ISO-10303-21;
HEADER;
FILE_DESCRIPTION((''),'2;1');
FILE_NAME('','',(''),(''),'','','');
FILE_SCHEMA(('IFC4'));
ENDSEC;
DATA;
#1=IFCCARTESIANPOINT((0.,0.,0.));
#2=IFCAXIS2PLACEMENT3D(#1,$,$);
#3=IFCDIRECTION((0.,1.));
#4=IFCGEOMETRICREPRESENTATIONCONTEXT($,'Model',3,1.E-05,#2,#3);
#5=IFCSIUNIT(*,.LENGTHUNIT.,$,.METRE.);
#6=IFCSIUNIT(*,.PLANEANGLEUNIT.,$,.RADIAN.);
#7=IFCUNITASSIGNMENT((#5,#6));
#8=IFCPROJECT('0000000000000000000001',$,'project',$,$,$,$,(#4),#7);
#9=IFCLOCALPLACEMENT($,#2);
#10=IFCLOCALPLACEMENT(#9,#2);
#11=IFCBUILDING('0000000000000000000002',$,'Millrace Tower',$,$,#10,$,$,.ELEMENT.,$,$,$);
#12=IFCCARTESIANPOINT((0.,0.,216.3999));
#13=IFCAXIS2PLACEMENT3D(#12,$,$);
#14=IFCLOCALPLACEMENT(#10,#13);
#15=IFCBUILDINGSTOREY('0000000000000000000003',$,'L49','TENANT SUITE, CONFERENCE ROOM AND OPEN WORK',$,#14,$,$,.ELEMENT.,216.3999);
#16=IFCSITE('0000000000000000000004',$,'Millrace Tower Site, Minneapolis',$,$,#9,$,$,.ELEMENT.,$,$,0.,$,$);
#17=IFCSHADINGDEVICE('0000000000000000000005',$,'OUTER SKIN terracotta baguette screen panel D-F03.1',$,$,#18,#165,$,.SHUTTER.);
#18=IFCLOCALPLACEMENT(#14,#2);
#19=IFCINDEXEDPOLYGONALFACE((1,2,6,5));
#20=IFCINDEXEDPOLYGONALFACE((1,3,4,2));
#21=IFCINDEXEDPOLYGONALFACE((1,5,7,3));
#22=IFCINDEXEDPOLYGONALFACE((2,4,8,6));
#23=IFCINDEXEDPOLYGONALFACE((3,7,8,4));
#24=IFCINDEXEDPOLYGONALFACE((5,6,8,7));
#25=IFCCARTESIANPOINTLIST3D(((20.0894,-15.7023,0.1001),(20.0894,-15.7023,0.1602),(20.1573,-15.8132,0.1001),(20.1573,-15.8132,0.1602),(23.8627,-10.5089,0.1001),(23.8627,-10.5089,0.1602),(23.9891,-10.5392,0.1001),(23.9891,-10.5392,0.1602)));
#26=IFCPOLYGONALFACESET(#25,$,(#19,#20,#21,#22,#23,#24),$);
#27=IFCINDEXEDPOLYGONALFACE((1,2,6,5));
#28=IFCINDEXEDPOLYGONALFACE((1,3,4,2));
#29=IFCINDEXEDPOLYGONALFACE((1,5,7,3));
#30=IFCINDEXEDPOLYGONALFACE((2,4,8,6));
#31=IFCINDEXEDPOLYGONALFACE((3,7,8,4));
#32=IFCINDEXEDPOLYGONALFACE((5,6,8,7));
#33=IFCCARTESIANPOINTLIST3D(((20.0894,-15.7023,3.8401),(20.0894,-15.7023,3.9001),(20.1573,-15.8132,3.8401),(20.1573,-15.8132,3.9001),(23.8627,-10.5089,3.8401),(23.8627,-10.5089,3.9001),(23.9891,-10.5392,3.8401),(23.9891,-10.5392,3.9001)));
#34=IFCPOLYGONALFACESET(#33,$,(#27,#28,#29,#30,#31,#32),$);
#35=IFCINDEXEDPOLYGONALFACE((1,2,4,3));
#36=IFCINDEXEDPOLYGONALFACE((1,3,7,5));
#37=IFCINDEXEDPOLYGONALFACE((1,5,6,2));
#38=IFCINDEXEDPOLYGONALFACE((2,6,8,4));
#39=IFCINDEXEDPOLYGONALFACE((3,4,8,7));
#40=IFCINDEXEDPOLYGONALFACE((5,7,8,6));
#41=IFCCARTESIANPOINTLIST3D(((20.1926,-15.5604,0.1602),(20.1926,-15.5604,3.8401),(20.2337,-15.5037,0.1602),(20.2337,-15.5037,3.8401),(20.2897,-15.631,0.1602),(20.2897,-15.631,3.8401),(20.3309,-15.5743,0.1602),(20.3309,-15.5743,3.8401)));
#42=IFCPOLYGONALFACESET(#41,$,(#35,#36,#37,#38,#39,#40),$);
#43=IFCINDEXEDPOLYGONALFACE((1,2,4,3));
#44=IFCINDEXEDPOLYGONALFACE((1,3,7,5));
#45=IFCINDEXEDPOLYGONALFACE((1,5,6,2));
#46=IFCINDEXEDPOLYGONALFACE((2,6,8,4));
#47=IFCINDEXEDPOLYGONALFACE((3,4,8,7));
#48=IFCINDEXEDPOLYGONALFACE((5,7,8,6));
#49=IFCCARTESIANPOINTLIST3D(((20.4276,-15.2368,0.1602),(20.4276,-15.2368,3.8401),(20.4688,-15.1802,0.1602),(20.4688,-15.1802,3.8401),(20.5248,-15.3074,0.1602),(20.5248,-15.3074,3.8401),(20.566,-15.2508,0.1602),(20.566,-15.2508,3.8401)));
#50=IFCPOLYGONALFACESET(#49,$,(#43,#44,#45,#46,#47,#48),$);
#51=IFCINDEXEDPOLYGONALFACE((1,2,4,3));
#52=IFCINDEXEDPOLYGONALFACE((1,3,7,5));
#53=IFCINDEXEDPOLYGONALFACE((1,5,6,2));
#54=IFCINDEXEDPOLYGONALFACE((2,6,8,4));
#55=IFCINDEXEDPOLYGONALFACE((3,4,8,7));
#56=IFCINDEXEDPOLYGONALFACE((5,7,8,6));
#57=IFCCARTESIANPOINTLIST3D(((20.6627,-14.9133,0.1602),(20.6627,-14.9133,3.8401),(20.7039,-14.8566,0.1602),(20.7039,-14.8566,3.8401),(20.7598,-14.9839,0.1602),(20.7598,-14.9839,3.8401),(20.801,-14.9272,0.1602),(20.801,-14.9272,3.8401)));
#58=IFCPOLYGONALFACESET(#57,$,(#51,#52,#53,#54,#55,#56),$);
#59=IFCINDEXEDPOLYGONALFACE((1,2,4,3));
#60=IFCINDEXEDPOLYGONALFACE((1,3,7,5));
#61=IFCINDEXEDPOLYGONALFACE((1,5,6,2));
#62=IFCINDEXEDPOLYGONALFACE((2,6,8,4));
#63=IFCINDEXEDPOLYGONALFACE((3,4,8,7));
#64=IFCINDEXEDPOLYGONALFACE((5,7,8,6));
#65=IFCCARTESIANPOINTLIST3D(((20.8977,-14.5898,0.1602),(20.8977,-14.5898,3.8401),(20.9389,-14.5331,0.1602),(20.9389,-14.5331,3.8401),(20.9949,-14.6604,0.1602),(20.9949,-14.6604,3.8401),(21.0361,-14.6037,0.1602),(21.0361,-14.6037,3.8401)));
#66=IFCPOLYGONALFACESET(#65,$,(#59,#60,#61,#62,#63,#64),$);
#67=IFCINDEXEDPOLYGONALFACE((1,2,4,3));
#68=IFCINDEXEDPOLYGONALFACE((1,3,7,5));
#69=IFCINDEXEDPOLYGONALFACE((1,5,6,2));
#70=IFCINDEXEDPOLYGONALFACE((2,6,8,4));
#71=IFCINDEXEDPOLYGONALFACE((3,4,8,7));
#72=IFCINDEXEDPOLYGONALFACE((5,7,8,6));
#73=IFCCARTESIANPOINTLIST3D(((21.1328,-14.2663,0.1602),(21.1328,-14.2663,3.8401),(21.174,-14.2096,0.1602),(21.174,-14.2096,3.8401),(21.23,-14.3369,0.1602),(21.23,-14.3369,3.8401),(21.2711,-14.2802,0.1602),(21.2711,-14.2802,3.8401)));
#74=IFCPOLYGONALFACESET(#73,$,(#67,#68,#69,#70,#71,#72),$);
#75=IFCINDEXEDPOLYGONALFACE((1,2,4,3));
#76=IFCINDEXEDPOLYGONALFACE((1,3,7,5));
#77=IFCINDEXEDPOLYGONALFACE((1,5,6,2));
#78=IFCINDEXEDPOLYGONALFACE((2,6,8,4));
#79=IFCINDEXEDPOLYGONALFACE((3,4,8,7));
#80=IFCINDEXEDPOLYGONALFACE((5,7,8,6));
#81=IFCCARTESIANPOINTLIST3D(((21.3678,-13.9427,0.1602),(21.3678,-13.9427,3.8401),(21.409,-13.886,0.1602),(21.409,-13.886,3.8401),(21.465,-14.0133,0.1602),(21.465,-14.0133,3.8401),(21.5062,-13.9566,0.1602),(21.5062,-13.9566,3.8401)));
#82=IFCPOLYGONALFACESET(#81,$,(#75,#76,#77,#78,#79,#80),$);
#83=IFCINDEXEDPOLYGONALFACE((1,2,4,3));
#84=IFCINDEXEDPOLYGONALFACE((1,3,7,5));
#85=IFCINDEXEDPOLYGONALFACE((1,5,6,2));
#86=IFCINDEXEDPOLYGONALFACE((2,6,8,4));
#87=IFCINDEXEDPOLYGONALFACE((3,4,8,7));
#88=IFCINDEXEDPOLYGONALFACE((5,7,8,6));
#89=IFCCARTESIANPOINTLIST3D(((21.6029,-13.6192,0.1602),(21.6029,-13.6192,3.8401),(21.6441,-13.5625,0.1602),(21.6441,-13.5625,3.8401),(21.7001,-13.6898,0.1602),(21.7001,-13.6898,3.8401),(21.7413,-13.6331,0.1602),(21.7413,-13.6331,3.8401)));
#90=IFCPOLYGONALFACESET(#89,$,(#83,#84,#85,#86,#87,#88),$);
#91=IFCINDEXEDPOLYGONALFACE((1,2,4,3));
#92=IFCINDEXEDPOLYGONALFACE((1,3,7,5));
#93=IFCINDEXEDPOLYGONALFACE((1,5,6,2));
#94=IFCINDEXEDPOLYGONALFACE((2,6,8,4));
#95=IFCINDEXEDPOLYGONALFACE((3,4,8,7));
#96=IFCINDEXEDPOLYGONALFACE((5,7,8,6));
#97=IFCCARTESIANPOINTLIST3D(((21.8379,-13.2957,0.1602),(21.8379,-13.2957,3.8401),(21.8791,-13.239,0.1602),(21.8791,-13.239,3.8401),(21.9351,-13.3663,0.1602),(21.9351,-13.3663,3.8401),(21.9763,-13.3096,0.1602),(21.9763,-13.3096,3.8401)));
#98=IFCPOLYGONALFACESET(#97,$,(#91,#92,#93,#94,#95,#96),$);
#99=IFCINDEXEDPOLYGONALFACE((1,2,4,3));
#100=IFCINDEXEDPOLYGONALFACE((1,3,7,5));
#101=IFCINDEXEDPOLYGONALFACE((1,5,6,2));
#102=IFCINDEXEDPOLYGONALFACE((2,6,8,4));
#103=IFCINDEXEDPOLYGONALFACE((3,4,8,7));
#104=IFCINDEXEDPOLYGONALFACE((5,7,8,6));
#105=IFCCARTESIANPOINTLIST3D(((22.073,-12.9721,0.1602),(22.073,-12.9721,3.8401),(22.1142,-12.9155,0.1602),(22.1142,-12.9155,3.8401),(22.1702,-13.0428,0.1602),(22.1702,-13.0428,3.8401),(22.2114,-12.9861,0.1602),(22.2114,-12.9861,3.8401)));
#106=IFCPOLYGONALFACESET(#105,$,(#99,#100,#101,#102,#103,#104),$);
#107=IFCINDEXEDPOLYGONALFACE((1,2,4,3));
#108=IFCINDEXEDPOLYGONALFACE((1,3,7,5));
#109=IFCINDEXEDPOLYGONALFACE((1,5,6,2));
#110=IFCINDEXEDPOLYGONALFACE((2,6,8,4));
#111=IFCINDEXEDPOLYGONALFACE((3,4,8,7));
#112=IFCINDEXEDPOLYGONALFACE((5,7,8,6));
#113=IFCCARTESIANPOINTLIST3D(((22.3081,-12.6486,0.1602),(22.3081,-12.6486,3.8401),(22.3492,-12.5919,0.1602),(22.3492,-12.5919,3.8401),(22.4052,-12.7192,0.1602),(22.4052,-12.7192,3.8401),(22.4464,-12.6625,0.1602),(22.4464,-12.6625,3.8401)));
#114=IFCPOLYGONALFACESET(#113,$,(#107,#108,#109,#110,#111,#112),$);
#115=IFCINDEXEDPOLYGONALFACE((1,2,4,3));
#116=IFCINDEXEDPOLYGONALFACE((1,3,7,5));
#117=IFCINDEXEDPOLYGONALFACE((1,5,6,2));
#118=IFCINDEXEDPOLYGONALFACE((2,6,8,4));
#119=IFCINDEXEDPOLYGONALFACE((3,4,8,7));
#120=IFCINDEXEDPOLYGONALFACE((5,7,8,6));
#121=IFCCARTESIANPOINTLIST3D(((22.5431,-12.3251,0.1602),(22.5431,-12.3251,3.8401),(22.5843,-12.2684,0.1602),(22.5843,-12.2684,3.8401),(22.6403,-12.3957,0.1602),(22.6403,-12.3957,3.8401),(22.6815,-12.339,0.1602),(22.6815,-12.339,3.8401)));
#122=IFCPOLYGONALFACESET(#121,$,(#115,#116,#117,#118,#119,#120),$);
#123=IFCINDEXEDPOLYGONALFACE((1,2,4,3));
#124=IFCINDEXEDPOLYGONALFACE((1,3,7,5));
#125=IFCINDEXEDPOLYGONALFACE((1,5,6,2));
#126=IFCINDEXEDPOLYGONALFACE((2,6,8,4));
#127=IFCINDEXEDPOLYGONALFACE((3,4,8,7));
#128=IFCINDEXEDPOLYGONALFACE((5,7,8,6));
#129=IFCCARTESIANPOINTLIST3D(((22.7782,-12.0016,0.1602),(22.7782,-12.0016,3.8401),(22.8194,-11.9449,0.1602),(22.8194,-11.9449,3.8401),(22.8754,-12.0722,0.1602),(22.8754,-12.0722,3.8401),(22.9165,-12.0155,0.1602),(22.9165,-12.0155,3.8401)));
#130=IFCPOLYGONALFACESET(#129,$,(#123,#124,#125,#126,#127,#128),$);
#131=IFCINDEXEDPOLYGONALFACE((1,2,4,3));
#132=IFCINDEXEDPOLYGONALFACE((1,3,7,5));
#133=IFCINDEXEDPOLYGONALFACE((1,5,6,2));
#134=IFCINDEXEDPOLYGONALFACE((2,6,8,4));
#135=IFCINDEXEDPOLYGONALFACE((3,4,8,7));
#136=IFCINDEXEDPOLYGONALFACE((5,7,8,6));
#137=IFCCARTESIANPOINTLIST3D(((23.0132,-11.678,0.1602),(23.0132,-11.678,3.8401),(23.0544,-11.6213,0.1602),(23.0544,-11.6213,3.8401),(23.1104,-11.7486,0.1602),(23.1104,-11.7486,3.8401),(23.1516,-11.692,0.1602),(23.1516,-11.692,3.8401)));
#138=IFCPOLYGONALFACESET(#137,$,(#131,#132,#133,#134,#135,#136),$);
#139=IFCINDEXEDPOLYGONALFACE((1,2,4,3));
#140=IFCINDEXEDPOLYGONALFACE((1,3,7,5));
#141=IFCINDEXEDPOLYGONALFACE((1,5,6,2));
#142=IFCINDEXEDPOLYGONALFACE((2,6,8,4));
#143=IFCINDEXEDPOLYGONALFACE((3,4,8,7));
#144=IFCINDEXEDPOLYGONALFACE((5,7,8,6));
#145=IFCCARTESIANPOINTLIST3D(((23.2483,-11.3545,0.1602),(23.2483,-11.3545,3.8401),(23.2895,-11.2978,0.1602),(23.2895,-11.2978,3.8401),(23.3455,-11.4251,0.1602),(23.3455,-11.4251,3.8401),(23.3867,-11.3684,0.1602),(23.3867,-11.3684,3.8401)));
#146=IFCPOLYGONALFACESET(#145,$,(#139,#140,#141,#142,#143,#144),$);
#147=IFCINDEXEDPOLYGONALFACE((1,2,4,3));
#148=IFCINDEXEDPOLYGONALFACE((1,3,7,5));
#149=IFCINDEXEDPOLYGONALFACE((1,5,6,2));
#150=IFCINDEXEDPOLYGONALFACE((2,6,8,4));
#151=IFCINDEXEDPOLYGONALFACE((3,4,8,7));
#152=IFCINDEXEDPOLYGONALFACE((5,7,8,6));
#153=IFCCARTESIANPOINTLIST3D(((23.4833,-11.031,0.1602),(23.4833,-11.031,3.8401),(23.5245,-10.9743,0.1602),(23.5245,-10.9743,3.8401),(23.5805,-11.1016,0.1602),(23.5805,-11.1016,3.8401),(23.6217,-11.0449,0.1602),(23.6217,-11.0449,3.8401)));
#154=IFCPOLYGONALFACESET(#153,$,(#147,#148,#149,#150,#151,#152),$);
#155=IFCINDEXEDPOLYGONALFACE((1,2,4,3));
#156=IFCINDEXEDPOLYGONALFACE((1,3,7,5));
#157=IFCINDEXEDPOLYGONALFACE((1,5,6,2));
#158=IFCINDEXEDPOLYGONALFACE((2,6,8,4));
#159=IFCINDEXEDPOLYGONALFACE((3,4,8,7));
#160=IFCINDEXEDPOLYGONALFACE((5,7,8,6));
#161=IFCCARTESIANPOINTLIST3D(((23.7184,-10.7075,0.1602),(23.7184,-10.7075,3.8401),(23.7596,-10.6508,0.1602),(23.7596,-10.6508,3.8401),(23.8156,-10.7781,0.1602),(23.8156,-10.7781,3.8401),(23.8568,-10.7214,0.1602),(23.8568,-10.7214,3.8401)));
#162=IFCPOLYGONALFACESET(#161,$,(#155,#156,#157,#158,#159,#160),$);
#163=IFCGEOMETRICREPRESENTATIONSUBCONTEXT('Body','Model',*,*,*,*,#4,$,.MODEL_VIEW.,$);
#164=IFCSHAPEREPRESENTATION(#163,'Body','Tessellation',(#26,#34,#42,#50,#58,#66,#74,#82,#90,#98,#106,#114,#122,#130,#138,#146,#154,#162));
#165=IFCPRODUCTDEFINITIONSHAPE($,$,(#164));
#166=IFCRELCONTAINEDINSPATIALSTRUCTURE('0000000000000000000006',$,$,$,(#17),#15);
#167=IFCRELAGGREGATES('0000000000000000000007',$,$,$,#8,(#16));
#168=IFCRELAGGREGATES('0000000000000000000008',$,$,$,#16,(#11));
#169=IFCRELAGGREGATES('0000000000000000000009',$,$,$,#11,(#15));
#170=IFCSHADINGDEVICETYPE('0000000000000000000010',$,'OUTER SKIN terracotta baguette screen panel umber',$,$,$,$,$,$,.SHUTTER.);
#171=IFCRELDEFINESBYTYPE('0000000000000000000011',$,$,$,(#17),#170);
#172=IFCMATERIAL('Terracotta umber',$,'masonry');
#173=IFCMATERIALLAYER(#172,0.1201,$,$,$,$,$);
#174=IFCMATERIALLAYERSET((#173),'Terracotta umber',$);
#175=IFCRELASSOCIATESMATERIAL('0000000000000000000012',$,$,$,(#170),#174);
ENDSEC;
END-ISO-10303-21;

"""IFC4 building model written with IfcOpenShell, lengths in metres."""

from ifc_helpers import new_model, entity, si_unit, direction, frame, frame_2d, origin, place, context, subcontext, project, spatial, rectangle, extrude, source, transform, mapped, material, layer, layer_set, type_object, element, save


model = new_model("IFC4")

# Units and contexts
model_context = context("Model", 3, precision=1e-05, world=origin(), true_north=direction((0.0, 1.0)))
body_context = subcontext(model_context, "Body", "Model", "MODEL_VIEW")
ifc_project = project(units=[si_unit("LENGTHUNIT", "METRE"), si_unit("PLANEANGLEUNIT", "RADIAN")], contexts=[model_context])

# Site, building, storey
site_placement = place(None, origin())
site = spatial("IfcSite", under=ifc_project, at=site_placement, Name="Millrace Tower Site, Minneapolis", CompositionType="ELEMENT", RefElevation=0.0)
building_placement = place(site_placement, origin())
building = spatial("IfcBuilding", under=site, at=building_placement, Name="Millrace Tower", CompositionType="ELEMENT")
storey_placement = place(building_placement, frame((0.0, 0.0, 216.3999)))
storey = spatial("IfcBuildingStorey", under=building, at=storey_placement, Name="L49", Description="TENANT SUITE, CONFERENCE ROOM AND OPEN WORK", CompositionType="ELEMENT", Elevation=216.3999)

# Shading device
ifc_material_1 = material(Name="Terracotta umber", Category="masonry")
ifc_layer_1 = layer(ifc_material_1, 0.1201)
ifc_layer_set_1 = layer_set([ifc_layer_1], Name="Terracotta umber")
shading_device_type = type_object("IfcShadingDeviceType", Name="OUTER SKIN terracotta baguette screen panel umber", PredefinedType="SHUTTER", material=ifc_layer_set_1)
cartesian_point_1 = entity("IfcCartesianPoint", [-3.2097, 0.0601])
shared_polyline_1 = entity("IfcPolyline", [cartesian_point_1, entity("IfcCartesianPoint", [3.2097, 0.0601]), entity("IfcCartesianPoint", [3.2595, -0.0601]), entity("IfcCartesianPoint", [-3.2595, -0.0601]), cartesian_point_1])
shared_shape_1 = source(origin(), body_context, "Body", "SweptSolid", [
    entity("IfcExtrudedAreaSolid", entity("IfcArbitraryClosedProfileDef", "AREA", None, shared_polyline_1), entity("IfcAxis2Placement3D", entity("IfcCartesianPoint", [0.0, 0.0, 0.0])), entity("IfcDirection", [0.0, 0.0, 1.0]), 0.0601),
    entity("IfcExtrudedAreaSolid", entity("IfcArbitraryClosedProfileDef", "AREA", None, shared_polyline_1), entity("IfcAxis2Placement3D", entity("IfcCartesianPoint", [0.0, 0.0, 3.74])), entity("IfcDirection", [0.0, 0.0, 1.0]), 0.0601),
    extrude(rectangle(XDim=0.0701, YDim=0.1201, at=frame_2d((-2.9993, 0.0))), frame((0.0, 0.0, 0.0601)), (0.0, 0.0, 1.0), 3.6799),
    extrude(rectangle(XDim=0.0701, YDim=0.1201, at=frame_2d((-2.5994, 0.0))), frame((0.0, 0.0, 0.0601)), (0.0, 0.0, 1.0), 3.6799),
    extrude(rectangle(XDim=0.0701, YDim=0.1201, at=frame_2d((-2.1995, 0.0))), frame((0.0, 0.0, 0.0601)), (0.0, 0.0, 1.0), 3.6799),
    extrude(rectangle(XDim=0.0701, YDim=0.1201, at=frame_2d((-1.7996, 0.0))), frame((0.0, 0.0, 0.0601)), (0.0, 0.0, 1.0), 3.6799),
    extrude(rectangle(XDim=0.0701, YDim=0.1201, at=frame_2d((-1.3997, 0.0))), frame((0.0, 0.0, 0.0601)), (0.0, 0.0, 1.0), 3.6799),
    extrude(rectangle(XDim=0.0701, YDim=0.1201, at=frame_2d((-0.9998, 0.0))), frame((0.0, 0.0, 0.0601)), (0.0, 0.0, 1.0), 3.6799),
    extrude(rectangle(XDim=0.0701, YDim=0.1201, at=frame_2d((-0.5999, 0.0))), frame((0.0, 0.0, 0.0601)), (0.0, 0.0, 1.0), 3.6799),
    extrude(rectangle(XDim=0.0701, YDim=0.1201, at=frame_2d((-0.2, 0.0))), frame((0.0, 0.0, 0.0601)), (0.0, 0.0, 1.0), 3.6799),
    extrude(rectangle(XDim=0.0701, YDim=0.1201, at=frame_2d((0.2, 0.0))), frame((0.0, 0.0, 0.0601)), (0.0, 0.0, 1.0), 3.6799),
    extrude(rectangle(XDim=0.0701, YDim=0.1201, at=frame_2d((0.5999, 0.0))), frame((0.0, 0.0, 0.0601)), (0.0, 0.0, 1.0), 3.6799),
    extrude(rectangle(XDim=0.0701, YDim=0.1201, at=frame_2d((0.9998, 0.0))), frame((0.0, 0.0, 0.0601)), (0.0, 0.0, 1.0), 3.6799),
    extrude(rectangle(XDim=0.0701, YDim=0.1201, at=frame_2d((1.3997, 0.0))), frame((0.0, 0.0, 0.0601)), (0.0, 0.0, 1.0), 3.6799),
    extrude(rectangle(XDim=0.0701, YDim=0.1201, at=frame_2d((1.7996, 0.0))), frame((0.0, 0.0, 0.0601)), (0.0, 0.0, 1.0), 3.6799),
    extrude(rectangle(XDim=0.0701, YDim=0.1201, at=frame_2d((2.1995, 0.0))), frame((0.0, 0.0, 0.0601)), (0.0, 0.0, 1.0), 3.6799),
    extrude(rectangle(XDim=0.0701, YDim=0.1201, at=frame_2d((2.5994, 0.0))), frame((0.0, 0.0, 0.0601)), (0.0, 0.0, 1.0), 3.6799),
    extrude(rectangle(XDim=0.0701, YDim=0.1201, at=frame_2d((2.9993, 0.0))), frame((0.0, 0.0, 0.0601)), (0.0, 0.0, 1.0), 3.6799),
])
shading_device_1_placement = place(storey_placement, frame((22.0247, -13.1409, 0.1001), z_axis=(0.0, 0.0, 1.0), x_axis=(0.587785, 0.809017, 0.0)))
element("IfcShadingDevice", 1, at=shading_device_1_placement, inside=storey, type_object=shading_device_type, Name="OUTER SKIN terracotta baguette screen panel D-F03.1", PredefinedType="SHUTTER", context=body_context, shape_type="MappedRepresentation", body=[
    mapped(shared_shape_1, transform((0.0, 0.0, 0.0), scale=1.0)),
])

save(model, "model.ifc")
